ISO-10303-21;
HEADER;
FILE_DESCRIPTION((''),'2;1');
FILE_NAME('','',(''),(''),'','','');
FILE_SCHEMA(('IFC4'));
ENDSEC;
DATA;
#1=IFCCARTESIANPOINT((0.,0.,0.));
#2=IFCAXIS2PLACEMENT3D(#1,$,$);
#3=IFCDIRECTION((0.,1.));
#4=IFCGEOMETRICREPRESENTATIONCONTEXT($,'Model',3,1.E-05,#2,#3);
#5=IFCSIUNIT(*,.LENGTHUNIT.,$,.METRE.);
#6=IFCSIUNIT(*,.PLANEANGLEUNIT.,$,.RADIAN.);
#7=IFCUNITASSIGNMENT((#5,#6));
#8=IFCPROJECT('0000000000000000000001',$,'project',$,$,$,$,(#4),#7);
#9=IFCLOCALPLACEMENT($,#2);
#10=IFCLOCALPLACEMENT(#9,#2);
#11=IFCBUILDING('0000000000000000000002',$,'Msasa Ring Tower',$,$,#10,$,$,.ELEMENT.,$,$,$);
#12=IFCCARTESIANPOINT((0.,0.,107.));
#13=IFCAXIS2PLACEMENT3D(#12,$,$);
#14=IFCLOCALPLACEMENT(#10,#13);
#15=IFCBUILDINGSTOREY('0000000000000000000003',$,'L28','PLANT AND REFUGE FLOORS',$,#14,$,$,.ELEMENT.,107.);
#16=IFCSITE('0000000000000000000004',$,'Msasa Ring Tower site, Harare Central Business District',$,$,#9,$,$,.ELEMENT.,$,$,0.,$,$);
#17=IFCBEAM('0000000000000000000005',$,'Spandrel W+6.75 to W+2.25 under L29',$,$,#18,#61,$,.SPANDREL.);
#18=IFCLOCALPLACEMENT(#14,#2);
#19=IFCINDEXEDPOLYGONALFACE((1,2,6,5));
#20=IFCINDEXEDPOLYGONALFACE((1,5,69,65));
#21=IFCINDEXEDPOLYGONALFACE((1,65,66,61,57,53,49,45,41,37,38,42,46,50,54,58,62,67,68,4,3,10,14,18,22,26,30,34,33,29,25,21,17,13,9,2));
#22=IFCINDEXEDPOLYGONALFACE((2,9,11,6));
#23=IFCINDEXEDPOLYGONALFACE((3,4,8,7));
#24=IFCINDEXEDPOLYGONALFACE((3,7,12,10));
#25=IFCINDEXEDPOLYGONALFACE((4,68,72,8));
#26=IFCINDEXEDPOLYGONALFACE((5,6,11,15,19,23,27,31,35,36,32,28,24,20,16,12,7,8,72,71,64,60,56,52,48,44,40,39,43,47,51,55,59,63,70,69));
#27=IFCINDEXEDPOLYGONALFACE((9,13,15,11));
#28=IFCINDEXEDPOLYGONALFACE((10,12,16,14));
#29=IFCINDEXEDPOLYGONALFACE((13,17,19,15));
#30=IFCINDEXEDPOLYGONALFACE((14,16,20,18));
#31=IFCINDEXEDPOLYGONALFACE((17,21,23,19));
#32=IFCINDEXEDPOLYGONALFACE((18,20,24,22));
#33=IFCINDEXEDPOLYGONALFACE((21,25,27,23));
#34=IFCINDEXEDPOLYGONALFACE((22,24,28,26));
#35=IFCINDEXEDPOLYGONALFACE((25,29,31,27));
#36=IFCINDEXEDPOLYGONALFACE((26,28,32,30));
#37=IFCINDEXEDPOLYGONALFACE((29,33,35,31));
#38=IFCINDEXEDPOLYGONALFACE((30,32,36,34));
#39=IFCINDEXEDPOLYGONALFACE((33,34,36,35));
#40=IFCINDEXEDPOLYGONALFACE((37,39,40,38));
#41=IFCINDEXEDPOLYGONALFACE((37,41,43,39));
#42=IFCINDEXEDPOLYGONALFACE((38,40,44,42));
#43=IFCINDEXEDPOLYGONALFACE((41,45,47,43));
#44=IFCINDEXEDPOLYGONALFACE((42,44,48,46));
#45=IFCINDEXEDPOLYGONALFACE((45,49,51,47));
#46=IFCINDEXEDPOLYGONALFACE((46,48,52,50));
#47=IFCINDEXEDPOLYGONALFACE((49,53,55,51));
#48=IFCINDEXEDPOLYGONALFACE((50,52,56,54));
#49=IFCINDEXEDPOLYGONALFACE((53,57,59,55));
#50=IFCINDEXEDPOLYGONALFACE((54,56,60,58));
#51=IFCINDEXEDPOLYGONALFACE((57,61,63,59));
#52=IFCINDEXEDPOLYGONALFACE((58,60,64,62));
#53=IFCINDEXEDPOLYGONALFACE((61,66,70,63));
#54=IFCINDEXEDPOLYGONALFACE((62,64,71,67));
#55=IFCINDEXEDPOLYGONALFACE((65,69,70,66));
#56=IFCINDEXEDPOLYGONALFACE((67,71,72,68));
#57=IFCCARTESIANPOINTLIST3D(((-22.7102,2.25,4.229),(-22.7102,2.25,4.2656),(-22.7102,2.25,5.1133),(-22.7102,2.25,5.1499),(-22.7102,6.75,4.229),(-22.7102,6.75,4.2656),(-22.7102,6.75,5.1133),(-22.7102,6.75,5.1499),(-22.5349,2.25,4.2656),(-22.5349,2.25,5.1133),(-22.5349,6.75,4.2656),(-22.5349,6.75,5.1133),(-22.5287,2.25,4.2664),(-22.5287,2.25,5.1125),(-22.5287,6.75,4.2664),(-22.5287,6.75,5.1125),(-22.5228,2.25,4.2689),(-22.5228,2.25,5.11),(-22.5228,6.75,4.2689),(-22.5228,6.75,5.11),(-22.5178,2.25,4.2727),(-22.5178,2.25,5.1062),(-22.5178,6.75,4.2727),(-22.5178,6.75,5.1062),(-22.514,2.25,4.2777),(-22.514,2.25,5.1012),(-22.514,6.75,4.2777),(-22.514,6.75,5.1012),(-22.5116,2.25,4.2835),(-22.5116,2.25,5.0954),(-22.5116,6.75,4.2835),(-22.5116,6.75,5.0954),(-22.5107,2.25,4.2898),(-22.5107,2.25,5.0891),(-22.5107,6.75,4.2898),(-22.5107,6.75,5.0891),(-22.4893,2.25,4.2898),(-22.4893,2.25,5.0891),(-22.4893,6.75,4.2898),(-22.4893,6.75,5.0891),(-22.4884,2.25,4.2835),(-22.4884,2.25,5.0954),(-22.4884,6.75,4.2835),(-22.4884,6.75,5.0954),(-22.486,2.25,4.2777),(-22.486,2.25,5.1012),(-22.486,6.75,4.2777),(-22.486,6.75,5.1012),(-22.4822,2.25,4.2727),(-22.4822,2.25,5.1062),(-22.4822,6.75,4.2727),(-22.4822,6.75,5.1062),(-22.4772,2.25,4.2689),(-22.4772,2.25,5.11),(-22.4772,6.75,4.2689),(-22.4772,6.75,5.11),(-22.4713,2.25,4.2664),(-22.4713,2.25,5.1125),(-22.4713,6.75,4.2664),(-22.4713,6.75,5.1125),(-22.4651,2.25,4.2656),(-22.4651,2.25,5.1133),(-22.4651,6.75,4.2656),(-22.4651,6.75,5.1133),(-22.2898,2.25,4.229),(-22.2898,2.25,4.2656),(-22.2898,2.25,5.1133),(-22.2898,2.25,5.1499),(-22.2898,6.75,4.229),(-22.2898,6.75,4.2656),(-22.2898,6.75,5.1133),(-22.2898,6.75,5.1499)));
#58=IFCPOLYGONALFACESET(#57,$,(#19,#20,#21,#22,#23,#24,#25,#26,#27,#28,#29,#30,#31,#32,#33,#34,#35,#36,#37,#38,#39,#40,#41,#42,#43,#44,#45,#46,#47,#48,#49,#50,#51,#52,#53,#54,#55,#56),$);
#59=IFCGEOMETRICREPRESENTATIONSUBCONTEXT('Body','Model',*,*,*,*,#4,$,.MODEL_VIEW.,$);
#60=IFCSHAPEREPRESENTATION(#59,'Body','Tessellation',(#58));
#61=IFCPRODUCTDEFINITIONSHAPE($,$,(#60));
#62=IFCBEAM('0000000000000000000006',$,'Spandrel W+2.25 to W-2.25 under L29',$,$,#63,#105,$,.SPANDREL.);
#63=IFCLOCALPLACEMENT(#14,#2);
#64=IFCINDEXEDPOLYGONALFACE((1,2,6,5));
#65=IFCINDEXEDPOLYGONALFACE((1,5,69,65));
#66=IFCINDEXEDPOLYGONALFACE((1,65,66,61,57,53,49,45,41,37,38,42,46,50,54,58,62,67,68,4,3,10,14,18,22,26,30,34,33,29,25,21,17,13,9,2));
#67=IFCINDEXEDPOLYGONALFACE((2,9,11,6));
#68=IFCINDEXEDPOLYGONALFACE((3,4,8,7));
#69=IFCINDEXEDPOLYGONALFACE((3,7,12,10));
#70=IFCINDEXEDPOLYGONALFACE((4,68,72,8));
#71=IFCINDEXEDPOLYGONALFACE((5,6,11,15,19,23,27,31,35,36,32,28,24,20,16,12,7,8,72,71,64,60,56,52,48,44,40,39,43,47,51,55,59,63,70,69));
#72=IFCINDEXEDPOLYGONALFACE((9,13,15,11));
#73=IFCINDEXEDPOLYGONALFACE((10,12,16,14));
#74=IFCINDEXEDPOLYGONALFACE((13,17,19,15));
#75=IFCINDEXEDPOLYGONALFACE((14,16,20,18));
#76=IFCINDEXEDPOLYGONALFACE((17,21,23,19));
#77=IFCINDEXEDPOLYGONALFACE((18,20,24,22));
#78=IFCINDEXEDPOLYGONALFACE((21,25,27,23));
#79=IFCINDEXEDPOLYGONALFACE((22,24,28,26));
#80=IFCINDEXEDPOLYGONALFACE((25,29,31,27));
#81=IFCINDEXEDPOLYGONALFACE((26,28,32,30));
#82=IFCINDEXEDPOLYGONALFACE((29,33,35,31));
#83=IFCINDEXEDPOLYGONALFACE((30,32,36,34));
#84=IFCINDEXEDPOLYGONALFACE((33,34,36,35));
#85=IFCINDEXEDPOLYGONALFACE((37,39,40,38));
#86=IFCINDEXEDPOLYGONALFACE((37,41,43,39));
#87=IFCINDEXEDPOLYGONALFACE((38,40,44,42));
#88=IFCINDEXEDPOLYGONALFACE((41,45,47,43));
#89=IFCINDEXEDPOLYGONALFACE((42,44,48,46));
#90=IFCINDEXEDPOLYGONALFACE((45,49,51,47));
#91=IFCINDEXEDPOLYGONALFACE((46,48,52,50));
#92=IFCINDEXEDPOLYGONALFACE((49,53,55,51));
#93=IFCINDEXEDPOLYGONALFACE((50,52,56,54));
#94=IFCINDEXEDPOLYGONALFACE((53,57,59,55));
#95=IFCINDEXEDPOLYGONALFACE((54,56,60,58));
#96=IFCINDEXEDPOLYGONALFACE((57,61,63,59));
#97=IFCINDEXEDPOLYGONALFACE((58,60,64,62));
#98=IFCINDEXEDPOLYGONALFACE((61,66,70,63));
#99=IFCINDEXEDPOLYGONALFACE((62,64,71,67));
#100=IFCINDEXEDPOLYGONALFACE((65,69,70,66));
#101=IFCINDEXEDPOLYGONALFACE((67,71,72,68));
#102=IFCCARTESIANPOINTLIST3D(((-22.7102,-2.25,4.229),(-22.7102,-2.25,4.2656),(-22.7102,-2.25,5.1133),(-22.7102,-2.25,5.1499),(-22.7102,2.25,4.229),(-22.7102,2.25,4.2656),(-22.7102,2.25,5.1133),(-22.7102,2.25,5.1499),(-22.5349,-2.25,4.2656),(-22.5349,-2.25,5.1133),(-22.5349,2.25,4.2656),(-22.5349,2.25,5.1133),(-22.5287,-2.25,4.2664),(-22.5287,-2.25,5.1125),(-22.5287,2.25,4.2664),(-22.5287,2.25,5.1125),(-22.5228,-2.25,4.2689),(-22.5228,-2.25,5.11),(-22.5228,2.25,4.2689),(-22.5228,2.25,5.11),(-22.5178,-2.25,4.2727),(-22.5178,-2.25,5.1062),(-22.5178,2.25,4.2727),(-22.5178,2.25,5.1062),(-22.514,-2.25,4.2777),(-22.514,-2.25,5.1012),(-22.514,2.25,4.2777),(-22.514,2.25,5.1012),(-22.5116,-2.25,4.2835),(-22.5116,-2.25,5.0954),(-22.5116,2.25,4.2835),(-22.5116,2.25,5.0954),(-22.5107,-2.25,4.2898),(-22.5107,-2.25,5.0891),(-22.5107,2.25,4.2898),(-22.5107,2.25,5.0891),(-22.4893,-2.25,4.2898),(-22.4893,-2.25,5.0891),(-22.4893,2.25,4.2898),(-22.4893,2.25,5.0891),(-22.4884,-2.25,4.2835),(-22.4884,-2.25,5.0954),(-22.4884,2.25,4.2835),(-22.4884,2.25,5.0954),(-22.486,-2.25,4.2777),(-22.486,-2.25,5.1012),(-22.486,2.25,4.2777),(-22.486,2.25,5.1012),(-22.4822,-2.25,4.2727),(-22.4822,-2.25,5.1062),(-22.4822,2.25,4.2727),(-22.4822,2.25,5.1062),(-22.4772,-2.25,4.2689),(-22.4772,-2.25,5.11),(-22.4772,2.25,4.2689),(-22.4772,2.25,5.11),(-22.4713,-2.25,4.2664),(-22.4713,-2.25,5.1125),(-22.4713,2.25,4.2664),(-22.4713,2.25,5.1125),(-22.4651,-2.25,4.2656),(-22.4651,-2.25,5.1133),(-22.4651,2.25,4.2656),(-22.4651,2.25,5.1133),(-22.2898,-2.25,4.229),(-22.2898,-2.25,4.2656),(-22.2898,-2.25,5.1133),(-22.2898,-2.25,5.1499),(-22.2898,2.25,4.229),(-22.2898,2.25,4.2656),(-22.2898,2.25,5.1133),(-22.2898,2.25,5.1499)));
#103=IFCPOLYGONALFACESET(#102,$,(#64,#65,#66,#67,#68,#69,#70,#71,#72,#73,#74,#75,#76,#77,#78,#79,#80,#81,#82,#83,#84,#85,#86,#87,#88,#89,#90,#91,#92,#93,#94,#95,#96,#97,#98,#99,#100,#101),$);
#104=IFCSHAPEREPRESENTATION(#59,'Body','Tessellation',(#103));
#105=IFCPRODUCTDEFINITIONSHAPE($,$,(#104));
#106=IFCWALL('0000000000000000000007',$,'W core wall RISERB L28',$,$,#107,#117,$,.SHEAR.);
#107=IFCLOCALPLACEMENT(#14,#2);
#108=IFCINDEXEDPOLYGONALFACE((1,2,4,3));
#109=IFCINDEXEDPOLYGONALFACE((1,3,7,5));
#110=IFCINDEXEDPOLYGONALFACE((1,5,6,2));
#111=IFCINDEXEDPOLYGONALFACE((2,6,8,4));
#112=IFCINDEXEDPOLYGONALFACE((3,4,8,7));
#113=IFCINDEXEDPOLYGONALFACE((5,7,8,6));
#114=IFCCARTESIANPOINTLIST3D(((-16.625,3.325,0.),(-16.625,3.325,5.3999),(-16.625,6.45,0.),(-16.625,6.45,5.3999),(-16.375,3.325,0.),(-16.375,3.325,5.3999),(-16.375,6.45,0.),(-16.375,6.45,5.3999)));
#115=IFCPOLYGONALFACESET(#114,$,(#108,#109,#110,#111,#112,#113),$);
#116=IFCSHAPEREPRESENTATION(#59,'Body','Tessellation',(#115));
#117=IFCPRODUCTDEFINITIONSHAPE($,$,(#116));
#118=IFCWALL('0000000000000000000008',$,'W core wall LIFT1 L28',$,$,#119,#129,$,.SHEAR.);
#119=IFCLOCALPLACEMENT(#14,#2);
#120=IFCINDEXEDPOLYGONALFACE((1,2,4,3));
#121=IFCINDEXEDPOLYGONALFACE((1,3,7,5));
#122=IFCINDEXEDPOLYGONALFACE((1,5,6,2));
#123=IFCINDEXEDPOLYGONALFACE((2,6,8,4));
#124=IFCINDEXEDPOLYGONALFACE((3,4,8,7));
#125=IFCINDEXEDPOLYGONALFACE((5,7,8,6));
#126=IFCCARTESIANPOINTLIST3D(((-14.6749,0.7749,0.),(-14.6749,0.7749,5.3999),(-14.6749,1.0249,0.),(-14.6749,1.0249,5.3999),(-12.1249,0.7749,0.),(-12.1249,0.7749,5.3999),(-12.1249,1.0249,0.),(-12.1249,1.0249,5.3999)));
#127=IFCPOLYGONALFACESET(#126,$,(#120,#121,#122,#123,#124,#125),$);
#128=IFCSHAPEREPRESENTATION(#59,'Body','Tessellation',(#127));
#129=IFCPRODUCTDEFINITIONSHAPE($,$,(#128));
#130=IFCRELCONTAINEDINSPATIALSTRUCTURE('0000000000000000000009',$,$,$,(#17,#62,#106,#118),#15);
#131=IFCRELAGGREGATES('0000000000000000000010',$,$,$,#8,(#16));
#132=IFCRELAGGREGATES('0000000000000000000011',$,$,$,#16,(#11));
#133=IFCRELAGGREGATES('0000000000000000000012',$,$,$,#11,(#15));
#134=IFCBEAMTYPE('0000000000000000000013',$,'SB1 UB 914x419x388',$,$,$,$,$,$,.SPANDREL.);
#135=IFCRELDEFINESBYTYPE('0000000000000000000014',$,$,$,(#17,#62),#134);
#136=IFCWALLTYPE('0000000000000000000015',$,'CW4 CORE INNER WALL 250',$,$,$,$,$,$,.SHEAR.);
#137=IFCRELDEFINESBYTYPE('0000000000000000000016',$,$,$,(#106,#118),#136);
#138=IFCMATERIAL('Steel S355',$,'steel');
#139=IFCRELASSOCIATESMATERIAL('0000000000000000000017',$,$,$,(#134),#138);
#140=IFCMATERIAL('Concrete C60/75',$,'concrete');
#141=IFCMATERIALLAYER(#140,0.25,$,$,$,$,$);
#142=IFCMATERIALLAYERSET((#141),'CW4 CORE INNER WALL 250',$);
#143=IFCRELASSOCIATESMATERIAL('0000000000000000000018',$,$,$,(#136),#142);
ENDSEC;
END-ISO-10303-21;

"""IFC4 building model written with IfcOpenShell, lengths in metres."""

from ifc_helpers import new_model, si_unit, direction, frame, frame_2d, origin, origin_2d, place, context, subcontext, project, spatial, rectangle, i_section, extrude, material, layer, layer_set, material_profile, profile_set, type_object, element, save


model = new_model("IFC4")

# Units and contexts
model_context = context("Model", 3, precision=1e-05, world=origin(), true_north=direction((0.0, 1.0)))
body_context = subcontext(model_context, "Body", "Model", "MODEL_VIEW")
ifc_project = project(units=[si_unit("LENGTHUNIT", "METRE"), si_unit("PLANEANGLEUNIT", "RADIAN")], contexts=[model_context])

# Site, building, storey
site_placement = place(None, origin())
site = spatial("IfcSite", under=ifc_project, at=site_placement, Name="Msasa Ring Tower site, Harare Central Business District", CompositionType="ELEMENT", RefElevation=0.0)
building_placement = place(site_placement, origin())
building = spatial("IfcBuilding", under=site, at=building_placement, Name="Msasa Ring Tower", CompositionType="ELEMENT")
storey_placement = place(building_placement, frame((0.0, 0.0, 107.0)))
storey = spatial("IfcBuildingStorey", under=building, at=storey_placement, Name="L28", Description="PLANT AND REFUGE FLOORS", CompositionType="ELEMENT", Elevation=107.0)

# Beams
ifc_material_1 = material(Name="Steel S355", Category="steel")
ifc_material_profile_1 = material_profile(ifc_material_1, i_section(OverallWidth=0.4204, OverallDepth=0.9209, WebThickness=0.0215, FlangeThickness=0.0366, FilletRadius=0.0242, at=origin_2d()), Name="UB 914x419x388")
ifc_profile_set_1 = profile_set([ifc_material_profile_1], Name="Steel S355")
beam_type_1 = type_object("IfcBeamType", Name="SB1 UB 914x419x388", PredefinedType="SPANDREL", material=ifc_profile_set_1)
for number, where, z_axis, x_axis, name in (
    (1, (-22.5, 6.75, 4.6895), (0.0, -1.0, 0.0), (1.0, 0.0, 0.0), "Spandrel W+6.75 to W+2.25 under L29"),
    (2, (-22.5, 2.25, 4.6895), (0.0, -1.0, 0.0), (1.0, 0.0, 0.0), "Spandrel W+2.25 to W-2.25 under L29"),
):
    element("IfcBeam", number, at=place(storey_placement, frame(where, z_axis=z_axis, x_axis=x_axis)), inside=storey, type_object=beam_type_1, Name=name, PredefinedType="SPANDREL", context=body_context, shape_type="SweptSolid", body=[
        extrude(i_section(OverallWidth=0.4204, OverallDepth=0.9209, WebThickness=0.0215, FlangeThickness=0.0366, FilletRadius=0.0242, at=origin_2d()), origin(), (0.0, 0.0, 1.0), 4.5),
    ])

# Walls
ifc_material_2 = material(Name="Concrete C60/75", Category="concrete")
ifc_layer_1 = layer(ifc_material_2, 0.25)
ifc_layer_set_1 = layer_set([ifc_layer_1], Name="CW4 CORE INNER WALL 250")
wall_type_1 = type_object("IfcWallType", Name="CW4 CORE INNER WALL 250", PredefinedType="SHEAR", material=ifc_layer_set_1)
wall_1_placement = place(storey_placement, frame((-16.5, 3.325, 0.0), z_axis=(0.0, 0.0, 1.0), x_axis=(0.0, 1.0, 0.0)))
element("IfcWall", 3, at=wall_1_placement, inside=storey, type_object=wall_type_1, Name="W core wall RISERB L28", PredefinedType="SHEAR", context=body_context, shape_type="SweptSolid", body=[
    extrude(rectangle(XDim=3.125, YDim=0.25, at=frame_2d((1.5625, 0.0))), origin(), (0.0, 0.0, 1.0), 5.3999),
])
wall_2_placement = place(storey_placement, frame((-12.125, 0.8999, 0.0), z_axis=(0.0, 0.0, 1.0), x_axis=(-1.0, 0.0, 0.0)))
element("IfcWall", 4, at=wall_2_placement, inside=storey, type_object=wall_type_1, Name="W core wall LIFT1 L28", PredefinedType="SHEAR", context=body_context, shape_type="SweptSolid", body=[
    extrude(rectangle(XDim=2.55, YDim=0.25, at=frame_2d((1.2749, 0.0))), origin(), (0.0, 0.0, 1.0), 5.3999),
])

save(model, "model.ifc")
